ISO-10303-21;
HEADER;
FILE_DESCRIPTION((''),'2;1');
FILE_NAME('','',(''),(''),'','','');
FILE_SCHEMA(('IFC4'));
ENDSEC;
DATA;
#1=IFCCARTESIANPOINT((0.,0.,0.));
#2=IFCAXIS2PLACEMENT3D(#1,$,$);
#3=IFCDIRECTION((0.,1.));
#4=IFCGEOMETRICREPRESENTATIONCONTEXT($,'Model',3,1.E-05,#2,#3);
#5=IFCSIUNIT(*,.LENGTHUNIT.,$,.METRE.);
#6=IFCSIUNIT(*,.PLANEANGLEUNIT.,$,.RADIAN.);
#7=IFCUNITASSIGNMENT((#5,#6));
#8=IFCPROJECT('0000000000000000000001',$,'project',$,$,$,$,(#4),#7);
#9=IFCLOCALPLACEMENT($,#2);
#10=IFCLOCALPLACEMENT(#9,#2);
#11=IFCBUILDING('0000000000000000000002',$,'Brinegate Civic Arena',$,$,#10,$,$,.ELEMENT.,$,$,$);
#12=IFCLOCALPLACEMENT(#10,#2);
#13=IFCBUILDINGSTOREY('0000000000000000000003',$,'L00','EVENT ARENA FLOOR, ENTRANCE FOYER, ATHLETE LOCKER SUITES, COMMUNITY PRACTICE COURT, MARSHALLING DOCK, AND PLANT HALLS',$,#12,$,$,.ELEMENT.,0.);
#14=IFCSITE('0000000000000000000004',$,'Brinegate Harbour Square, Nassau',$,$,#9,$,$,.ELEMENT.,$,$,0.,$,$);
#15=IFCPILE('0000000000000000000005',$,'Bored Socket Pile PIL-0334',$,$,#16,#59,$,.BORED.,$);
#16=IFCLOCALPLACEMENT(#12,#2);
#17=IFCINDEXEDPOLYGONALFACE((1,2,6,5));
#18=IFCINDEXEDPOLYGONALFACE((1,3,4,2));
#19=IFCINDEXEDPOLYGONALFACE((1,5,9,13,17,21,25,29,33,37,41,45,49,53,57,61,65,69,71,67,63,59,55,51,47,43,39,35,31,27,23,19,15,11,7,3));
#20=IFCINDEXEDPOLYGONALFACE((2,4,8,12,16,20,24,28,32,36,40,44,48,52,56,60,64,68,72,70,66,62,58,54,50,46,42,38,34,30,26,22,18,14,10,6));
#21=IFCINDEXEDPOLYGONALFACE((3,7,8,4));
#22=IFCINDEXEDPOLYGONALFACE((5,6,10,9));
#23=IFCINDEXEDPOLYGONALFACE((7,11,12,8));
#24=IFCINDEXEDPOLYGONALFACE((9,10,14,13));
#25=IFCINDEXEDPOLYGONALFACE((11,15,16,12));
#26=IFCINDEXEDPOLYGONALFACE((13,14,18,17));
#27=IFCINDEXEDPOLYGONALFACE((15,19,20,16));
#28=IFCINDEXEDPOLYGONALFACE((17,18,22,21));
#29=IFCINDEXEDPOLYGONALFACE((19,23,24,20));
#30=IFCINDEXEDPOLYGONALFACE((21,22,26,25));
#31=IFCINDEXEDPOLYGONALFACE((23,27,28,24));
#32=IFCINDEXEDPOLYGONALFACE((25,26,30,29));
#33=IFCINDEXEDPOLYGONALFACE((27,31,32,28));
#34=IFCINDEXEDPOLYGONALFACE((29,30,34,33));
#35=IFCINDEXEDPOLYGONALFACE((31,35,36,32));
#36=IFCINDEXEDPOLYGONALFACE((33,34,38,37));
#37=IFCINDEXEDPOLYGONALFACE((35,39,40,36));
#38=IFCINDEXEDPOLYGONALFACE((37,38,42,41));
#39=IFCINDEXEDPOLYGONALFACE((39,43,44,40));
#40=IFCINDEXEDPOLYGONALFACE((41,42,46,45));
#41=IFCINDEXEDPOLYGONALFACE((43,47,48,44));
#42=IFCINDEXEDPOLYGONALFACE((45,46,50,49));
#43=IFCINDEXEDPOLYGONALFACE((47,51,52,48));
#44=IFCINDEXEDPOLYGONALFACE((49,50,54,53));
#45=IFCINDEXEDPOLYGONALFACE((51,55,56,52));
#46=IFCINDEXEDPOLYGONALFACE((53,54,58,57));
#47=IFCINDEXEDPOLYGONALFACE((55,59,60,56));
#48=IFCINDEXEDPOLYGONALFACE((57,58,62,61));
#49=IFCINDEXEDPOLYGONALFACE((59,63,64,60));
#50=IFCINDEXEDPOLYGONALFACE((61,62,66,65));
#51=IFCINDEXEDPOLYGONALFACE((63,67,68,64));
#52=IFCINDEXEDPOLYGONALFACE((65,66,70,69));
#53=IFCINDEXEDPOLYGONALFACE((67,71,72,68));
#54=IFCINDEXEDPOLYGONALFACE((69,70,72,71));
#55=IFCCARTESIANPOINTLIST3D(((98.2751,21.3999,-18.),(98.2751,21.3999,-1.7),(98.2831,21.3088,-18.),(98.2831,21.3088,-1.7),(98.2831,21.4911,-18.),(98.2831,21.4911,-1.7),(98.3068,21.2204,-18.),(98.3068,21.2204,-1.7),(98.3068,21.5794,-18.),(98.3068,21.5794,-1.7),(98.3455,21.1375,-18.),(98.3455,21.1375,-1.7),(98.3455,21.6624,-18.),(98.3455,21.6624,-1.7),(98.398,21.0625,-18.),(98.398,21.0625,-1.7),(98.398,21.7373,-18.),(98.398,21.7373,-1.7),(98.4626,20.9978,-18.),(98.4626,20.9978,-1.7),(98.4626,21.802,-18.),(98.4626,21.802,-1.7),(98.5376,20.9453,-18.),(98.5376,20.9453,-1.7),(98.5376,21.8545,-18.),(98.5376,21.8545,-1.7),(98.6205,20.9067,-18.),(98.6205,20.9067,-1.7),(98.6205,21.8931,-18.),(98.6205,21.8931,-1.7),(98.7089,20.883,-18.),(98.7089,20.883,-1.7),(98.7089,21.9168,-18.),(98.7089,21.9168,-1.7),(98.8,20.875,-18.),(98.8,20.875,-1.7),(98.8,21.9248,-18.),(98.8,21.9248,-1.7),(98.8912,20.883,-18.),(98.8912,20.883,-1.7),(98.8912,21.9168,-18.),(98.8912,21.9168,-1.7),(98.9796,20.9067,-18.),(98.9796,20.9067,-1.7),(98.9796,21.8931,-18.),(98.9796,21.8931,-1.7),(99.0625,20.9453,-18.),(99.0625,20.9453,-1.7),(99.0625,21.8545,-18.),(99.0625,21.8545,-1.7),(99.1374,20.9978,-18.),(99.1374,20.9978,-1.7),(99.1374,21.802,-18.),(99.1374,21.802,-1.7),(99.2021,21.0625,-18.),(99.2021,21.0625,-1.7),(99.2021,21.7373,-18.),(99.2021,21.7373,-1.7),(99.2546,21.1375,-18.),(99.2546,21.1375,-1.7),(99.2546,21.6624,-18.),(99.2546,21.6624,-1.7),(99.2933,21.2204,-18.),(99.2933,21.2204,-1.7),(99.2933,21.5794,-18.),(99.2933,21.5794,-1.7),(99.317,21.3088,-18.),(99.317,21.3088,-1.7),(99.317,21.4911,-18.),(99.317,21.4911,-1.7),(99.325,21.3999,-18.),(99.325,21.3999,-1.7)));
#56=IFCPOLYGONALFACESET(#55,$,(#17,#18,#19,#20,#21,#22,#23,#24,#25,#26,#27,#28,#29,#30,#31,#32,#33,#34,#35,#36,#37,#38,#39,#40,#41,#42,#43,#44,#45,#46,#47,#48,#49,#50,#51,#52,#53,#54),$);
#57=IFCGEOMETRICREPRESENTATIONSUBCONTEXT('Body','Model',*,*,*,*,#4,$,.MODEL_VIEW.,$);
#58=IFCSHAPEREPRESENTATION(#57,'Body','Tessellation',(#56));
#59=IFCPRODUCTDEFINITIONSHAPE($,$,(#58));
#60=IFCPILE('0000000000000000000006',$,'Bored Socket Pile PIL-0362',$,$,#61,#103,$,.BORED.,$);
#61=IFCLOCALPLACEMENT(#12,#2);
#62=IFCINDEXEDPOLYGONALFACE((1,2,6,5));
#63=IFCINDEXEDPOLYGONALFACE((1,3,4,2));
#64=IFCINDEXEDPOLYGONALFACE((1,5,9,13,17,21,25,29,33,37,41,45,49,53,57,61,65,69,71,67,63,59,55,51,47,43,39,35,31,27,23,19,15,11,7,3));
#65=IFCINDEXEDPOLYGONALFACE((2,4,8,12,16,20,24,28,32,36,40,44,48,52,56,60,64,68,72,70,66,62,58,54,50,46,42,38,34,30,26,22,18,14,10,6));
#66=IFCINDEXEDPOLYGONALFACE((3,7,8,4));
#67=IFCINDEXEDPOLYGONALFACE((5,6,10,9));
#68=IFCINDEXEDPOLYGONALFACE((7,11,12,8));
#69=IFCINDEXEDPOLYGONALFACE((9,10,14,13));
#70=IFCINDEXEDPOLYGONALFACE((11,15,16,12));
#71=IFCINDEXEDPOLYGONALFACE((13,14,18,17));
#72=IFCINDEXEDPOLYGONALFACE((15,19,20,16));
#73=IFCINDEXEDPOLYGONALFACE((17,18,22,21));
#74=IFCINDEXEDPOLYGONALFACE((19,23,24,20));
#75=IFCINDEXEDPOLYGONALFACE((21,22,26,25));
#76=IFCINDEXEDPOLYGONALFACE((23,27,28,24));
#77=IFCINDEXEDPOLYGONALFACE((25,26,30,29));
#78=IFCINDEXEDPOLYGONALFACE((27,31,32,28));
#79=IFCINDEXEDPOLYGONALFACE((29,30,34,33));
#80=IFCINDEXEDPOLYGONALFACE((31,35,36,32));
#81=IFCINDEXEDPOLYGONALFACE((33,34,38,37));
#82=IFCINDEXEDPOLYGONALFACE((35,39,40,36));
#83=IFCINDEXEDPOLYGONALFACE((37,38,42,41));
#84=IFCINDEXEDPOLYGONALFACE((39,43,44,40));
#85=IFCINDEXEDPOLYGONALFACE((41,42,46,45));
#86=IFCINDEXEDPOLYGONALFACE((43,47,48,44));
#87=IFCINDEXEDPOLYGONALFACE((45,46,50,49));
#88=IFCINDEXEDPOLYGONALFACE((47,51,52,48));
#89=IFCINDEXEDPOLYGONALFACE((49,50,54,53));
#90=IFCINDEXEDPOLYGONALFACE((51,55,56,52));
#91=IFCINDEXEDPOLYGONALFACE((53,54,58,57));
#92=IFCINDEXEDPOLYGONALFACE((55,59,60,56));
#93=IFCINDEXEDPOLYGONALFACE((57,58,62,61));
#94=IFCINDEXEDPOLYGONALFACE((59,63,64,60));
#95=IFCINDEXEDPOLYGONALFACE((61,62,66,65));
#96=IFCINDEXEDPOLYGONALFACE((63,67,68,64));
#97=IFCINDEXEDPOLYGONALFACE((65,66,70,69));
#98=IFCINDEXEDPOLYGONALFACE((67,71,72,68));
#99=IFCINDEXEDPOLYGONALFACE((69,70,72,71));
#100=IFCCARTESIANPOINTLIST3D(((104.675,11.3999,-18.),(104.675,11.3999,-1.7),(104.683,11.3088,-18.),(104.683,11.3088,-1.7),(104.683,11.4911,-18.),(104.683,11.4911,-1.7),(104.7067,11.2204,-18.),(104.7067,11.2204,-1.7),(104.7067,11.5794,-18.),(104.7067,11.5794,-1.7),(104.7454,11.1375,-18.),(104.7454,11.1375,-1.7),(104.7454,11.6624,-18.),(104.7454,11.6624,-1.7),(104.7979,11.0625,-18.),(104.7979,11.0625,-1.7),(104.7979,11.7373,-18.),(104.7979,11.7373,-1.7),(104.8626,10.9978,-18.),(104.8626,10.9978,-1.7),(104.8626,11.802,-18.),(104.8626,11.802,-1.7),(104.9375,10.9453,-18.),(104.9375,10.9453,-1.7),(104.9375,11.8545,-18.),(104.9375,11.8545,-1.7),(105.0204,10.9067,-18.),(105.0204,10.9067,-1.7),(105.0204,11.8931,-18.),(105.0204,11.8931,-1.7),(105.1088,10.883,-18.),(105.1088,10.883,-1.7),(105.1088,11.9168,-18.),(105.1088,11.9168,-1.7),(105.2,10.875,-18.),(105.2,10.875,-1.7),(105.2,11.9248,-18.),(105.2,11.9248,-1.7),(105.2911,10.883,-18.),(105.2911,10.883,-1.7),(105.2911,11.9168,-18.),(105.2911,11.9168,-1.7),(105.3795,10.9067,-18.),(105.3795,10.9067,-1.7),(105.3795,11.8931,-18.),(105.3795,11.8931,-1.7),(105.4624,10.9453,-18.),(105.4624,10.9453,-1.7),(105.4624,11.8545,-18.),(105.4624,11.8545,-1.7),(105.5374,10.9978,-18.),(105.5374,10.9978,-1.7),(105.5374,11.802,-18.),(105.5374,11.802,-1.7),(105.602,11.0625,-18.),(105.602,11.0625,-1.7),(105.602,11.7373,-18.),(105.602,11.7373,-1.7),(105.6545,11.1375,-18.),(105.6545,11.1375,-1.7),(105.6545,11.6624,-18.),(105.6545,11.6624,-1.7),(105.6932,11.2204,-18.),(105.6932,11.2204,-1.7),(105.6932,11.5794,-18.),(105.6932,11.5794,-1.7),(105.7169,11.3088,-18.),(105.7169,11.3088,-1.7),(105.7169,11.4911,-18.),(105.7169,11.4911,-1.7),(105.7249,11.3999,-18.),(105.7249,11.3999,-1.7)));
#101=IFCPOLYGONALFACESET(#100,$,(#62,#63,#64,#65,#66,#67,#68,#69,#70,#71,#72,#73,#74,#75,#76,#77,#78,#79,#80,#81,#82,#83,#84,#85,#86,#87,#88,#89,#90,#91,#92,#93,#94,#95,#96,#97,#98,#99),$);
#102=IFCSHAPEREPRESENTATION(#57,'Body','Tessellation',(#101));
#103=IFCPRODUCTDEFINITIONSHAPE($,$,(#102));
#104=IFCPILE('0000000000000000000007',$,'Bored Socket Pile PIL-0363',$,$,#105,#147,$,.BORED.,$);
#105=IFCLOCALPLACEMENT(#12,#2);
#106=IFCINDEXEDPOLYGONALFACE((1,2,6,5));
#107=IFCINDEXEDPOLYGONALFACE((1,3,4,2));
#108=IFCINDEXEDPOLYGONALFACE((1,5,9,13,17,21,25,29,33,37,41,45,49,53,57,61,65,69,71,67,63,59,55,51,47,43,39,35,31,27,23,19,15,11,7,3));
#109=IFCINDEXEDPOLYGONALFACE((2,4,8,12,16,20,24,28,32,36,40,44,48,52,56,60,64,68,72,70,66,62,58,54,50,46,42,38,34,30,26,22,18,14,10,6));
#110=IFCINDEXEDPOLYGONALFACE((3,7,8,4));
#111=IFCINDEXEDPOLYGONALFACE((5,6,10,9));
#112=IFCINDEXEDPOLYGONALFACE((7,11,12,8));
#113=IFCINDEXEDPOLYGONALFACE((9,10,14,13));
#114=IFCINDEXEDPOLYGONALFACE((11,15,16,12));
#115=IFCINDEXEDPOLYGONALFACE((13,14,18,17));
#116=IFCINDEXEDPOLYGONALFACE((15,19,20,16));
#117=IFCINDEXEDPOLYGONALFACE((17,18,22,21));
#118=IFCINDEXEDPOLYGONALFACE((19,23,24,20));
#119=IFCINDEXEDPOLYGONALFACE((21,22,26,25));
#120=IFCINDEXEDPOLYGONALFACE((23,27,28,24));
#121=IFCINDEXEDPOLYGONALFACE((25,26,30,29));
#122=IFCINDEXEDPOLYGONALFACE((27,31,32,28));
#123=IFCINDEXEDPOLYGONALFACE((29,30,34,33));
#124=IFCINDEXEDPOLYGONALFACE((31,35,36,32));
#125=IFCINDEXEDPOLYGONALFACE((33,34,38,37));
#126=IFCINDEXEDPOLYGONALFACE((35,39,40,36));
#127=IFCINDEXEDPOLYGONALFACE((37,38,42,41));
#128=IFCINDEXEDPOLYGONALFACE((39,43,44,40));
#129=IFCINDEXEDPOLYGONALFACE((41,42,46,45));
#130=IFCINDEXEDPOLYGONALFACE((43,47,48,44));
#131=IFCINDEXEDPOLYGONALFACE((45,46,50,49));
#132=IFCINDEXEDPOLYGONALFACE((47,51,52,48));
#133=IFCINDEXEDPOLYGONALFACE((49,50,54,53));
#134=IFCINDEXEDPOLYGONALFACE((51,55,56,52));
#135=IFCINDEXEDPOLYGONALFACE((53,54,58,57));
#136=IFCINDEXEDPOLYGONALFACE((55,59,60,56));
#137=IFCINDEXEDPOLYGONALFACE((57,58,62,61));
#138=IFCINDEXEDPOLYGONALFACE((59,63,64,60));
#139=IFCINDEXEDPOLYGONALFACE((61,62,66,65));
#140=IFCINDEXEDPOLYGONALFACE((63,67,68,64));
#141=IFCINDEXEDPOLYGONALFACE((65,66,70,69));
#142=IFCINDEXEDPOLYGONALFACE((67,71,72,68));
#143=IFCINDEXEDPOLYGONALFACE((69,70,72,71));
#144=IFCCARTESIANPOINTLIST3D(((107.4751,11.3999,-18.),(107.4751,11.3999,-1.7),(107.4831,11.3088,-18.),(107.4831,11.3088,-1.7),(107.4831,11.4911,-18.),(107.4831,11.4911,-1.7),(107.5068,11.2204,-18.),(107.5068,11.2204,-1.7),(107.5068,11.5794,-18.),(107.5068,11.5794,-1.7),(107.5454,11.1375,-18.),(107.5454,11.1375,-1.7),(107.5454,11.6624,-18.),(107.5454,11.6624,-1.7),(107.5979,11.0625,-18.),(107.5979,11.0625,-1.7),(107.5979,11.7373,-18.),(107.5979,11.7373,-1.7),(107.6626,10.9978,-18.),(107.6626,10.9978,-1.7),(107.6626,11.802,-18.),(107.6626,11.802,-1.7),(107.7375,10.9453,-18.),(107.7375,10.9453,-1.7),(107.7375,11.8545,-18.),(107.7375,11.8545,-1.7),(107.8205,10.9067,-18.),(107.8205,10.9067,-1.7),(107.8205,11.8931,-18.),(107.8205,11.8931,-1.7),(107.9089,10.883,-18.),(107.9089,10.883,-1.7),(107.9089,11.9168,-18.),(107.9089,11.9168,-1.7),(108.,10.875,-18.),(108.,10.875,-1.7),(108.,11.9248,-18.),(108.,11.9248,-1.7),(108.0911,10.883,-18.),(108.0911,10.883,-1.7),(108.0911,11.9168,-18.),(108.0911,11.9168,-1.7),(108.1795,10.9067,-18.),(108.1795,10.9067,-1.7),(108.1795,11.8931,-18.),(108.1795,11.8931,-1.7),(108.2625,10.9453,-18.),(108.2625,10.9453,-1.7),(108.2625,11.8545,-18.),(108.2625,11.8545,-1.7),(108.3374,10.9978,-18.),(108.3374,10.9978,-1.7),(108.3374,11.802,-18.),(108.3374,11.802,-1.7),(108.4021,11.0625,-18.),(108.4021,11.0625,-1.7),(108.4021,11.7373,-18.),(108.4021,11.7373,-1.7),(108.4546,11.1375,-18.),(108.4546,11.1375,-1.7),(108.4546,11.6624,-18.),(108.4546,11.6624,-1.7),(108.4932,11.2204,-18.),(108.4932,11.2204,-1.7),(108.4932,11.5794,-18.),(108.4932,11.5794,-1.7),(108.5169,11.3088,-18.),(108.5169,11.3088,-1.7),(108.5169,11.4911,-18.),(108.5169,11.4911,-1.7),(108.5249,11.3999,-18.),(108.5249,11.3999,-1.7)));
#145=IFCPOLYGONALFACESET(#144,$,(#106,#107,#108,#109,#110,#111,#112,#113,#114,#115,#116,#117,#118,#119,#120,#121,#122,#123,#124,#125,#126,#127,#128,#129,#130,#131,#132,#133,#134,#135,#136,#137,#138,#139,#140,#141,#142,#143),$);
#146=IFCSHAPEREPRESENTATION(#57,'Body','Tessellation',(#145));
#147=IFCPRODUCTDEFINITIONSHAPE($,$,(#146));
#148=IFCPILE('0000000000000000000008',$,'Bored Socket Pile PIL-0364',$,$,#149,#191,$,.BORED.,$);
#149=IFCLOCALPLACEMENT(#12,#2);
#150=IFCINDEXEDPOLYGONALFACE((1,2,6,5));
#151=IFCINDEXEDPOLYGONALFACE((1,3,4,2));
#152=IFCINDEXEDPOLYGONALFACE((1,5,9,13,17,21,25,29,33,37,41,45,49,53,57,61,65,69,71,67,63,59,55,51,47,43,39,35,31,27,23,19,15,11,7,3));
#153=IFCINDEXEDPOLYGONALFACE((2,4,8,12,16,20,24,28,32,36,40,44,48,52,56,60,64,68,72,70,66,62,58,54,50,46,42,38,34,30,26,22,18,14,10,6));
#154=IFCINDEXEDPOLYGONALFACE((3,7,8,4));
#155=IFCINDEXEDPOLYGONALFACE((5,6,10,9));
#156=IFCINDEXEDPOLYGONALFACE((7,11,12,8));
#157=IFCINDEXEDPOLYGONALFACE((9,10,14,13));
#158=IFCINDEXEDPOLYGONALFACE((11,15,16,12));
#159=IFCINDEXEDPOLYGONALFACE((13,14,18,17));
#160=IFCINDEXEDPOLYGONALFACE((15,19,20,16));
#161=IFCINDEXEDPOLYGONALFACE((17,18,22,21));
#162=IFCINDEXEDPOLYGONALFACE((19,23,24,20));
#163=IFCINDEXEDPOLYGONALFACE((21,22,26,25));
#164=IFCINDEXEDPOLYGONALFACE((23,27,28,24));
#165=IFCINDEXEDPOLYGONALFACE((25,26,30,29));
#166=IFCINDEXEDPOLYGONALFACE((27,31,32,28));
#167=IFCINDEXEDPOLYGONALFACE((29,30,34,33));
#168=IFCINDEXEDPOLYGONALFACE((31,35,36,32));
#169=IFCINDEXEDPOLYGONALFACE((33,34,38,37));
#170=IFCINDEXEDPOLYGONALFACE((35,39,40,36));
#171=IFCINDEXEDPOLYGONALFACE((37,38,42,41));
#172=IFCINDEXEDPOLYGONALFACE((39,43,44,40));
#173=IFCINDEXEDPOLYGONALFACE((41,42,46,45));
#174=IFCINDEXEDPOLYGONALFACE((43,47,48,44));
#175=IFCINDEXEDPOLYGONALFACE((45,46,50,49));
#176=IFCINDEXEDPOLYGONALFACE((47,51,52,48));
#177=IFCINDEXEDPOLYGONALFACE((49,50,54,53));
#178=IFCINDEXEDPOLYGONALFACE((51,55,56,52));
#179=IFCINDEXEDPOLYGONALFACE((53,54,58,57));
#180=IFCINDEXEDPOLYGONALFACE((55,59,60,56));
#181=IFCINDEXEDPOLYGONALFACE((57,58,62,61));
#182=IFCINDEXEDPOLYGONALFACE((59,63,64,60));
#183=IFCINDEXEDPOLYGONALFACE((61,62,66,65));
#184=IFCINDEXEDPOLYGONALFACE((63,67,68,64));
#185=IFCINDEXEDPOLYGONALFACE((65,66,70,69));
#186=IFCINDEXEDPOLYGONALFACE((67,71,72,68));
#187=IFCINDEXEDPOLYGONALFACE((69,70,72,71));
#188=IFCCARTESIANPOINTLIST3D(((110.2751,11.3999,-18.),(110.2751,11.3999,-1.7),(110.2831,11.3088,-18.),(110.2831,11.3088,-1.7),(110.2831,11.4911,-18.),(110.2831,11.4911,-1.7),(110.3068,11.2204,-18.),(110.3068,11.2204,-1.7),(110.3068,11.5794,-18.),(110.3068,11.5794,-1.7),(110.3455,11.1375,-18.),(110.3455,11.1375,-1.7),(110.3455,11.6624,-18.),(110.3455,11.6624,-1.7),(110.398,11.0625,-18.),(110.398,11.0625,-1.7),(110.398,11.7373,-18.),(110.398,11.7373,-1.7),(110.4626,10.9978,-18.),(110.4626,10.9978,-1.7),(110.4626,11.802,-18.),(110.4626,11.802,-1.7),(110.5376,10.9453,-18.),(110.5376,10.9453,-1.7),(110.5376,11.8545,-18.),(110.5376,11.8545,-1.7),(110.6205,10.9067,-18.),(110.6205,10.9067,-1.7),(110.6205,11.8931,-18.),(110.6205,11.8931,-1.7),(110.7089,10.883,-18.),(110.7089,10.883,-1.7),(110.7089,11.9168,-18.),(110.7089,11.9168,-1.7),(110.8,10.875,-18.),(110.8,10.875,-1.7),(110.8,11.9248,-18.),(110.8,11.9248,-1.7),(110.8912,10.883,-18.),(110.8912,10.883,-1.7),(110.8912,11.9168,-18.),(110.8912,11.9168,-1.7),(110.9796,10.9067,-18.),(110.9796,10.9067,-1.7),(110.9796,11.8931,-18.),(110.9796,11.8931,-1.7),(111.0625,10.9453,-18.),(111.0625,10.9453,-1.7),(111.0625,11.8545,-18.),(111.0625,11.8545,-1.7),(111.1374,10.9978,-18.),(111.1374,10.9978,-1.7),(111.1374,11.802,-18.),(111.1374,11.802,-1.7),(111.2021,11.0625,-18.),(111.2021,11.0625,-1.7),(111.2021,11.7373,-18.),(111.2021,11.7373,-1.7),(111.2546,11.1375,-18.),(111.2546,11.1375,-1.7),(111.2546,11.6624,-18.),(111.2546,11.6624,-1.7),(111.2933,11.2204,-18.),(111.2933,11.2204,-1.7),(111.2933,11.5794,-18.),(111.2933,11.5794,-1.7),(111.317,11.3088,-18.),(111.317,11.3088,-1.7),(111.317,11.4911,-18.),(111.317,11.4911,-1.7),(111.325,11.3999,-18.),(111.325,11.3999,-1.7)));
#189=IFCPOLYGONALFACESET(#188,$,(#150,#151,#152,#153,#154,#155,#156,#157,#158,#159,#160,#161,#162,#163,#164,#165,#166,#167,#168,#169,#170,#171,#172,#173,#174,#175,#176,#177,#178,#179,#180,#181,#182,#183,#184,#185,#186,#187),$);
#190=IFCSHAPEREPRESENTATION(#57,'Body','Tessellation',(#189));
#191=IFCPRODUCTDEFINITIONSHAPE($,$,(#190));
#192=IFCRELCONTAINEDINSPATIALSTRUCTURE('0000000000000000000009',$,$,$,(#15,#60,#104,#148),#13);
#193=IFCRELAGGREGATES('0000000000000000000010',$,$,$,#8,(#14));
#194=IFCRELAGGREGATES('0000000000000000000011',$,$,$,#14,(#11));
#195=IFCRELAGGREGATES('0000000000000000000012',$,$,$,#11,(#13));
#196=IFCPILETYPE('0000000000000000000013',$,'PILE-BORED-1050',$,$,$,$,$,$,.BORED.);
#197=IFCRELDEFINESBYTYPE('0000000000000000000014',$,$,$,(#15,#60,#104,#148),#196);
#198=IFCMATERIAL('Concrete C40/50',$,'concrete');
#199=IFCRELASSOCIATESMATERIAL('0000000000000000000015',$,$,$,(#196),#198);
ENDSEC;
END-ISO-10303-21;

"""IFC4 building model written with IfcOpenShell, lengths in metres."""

from ifc_helpers import new_model, si_unit, direction, frame, origin, origin_2d, place, context, subcontext, project, spatial, circle, extrude, material, material_profile, profile_set, type_object, element, save


model = new_model("IFC4")

# Units and contexts
model_context = context("Model", 3, precision=1e-05, world=origin(), true_north=direction((0.0, 1.0)))
body_context = subcontext(model_context, "Body", "Model", "MODEL_VIEW")
ifc_project = project(units=[si_unit("LENGTHUNIT", "METRE"), si_unit("PLANEANGLEUNIT", "RADIAN")], contexts=[model_context])

# Site, building, storey
site_placement = place(None, origin())
site = spatial("IfcSite", under=ifc_project, at=site_placement, Name="Brinegate Harbour Square, Nassau", CompositionType="ELEMENT", RefElevation=0.0)
building_placement = place(site_placement, origin())
building = spatial("IfcBuilding", under=site, at=building_placement, Name="Brinegate Civic Arena", CompositionType="ELEMENT")
storey_placement = place(building_placement, origin())
storey = spatial("IfcBuildingStorey", under=building, at=storey_placement, Name="L00", Description="EVENT ARENA FLOOR, ENTRANCE FOYER, ATHLETE LOCKER SUITES, COMMUNITY PRACTICE COURT, MARSHALLING DOCK, AND PLANT HALLS", CompositionType="ELEMENT", Elevation=0.0)

# Shared definitions
ifc_material_1 = material(Name="Concrete C40/50", Category="concrete")

# Piles
ifc_material_profile_1 = material_profile(ifc_material_1, circle(Radius=0.5249, at=origin_2d()), Name="PILED1050")
ifc_profile_set_1 = profile_set([ifc_material_profile_1], Name="Concrete C40/50")
pile_type_1 = type_object("IfcPileType", Name="PILE-BORED-1050", PredefinedType="BORED", material=ifc_profile_set_1)
for number, where, z_axis, x_axis, name in (
    (1, (98.8, 21.3999, -1.7), (0.0, 0.0, -1.0), (1.0, 0.0, 0.0), "Bored Socket Pile PIL-0334"),
    (2, (105.2, 11.3999, -1.7), (0.0, 0.0, -1.0), (1.0, 0.0, 0.0), "Bored Socket Pile PIL-0362"),
    (3, (108.0, 11.3999, -1.7), (0.0, 0.0, -1.0), (1.0, 0.0, 0.0), "Bored Socket Pile PIL-0363"),
    (4, (110.8, 11.3999, -1.7), (0.0, 0.0, -1.0), (1.0, 0.0, 0.0), "Bored Socket Pile PIL-0364"),
):
    element("IfcPile", number, at=place(storey_placement, frame(where, z_axis=z_axis, x_axis=x_axis)), inside=storey, type_object=pile_type_1, Name=name, PredefinedType="BORED", context=body_context, shape_type="SweptSolid", body=[
        extrude(circle(Radius=0.5249, at=origin_2d()), origin(), (0.0, 0.0, 1.0), 16.3),
    ])

save(model, "model.ifc")
